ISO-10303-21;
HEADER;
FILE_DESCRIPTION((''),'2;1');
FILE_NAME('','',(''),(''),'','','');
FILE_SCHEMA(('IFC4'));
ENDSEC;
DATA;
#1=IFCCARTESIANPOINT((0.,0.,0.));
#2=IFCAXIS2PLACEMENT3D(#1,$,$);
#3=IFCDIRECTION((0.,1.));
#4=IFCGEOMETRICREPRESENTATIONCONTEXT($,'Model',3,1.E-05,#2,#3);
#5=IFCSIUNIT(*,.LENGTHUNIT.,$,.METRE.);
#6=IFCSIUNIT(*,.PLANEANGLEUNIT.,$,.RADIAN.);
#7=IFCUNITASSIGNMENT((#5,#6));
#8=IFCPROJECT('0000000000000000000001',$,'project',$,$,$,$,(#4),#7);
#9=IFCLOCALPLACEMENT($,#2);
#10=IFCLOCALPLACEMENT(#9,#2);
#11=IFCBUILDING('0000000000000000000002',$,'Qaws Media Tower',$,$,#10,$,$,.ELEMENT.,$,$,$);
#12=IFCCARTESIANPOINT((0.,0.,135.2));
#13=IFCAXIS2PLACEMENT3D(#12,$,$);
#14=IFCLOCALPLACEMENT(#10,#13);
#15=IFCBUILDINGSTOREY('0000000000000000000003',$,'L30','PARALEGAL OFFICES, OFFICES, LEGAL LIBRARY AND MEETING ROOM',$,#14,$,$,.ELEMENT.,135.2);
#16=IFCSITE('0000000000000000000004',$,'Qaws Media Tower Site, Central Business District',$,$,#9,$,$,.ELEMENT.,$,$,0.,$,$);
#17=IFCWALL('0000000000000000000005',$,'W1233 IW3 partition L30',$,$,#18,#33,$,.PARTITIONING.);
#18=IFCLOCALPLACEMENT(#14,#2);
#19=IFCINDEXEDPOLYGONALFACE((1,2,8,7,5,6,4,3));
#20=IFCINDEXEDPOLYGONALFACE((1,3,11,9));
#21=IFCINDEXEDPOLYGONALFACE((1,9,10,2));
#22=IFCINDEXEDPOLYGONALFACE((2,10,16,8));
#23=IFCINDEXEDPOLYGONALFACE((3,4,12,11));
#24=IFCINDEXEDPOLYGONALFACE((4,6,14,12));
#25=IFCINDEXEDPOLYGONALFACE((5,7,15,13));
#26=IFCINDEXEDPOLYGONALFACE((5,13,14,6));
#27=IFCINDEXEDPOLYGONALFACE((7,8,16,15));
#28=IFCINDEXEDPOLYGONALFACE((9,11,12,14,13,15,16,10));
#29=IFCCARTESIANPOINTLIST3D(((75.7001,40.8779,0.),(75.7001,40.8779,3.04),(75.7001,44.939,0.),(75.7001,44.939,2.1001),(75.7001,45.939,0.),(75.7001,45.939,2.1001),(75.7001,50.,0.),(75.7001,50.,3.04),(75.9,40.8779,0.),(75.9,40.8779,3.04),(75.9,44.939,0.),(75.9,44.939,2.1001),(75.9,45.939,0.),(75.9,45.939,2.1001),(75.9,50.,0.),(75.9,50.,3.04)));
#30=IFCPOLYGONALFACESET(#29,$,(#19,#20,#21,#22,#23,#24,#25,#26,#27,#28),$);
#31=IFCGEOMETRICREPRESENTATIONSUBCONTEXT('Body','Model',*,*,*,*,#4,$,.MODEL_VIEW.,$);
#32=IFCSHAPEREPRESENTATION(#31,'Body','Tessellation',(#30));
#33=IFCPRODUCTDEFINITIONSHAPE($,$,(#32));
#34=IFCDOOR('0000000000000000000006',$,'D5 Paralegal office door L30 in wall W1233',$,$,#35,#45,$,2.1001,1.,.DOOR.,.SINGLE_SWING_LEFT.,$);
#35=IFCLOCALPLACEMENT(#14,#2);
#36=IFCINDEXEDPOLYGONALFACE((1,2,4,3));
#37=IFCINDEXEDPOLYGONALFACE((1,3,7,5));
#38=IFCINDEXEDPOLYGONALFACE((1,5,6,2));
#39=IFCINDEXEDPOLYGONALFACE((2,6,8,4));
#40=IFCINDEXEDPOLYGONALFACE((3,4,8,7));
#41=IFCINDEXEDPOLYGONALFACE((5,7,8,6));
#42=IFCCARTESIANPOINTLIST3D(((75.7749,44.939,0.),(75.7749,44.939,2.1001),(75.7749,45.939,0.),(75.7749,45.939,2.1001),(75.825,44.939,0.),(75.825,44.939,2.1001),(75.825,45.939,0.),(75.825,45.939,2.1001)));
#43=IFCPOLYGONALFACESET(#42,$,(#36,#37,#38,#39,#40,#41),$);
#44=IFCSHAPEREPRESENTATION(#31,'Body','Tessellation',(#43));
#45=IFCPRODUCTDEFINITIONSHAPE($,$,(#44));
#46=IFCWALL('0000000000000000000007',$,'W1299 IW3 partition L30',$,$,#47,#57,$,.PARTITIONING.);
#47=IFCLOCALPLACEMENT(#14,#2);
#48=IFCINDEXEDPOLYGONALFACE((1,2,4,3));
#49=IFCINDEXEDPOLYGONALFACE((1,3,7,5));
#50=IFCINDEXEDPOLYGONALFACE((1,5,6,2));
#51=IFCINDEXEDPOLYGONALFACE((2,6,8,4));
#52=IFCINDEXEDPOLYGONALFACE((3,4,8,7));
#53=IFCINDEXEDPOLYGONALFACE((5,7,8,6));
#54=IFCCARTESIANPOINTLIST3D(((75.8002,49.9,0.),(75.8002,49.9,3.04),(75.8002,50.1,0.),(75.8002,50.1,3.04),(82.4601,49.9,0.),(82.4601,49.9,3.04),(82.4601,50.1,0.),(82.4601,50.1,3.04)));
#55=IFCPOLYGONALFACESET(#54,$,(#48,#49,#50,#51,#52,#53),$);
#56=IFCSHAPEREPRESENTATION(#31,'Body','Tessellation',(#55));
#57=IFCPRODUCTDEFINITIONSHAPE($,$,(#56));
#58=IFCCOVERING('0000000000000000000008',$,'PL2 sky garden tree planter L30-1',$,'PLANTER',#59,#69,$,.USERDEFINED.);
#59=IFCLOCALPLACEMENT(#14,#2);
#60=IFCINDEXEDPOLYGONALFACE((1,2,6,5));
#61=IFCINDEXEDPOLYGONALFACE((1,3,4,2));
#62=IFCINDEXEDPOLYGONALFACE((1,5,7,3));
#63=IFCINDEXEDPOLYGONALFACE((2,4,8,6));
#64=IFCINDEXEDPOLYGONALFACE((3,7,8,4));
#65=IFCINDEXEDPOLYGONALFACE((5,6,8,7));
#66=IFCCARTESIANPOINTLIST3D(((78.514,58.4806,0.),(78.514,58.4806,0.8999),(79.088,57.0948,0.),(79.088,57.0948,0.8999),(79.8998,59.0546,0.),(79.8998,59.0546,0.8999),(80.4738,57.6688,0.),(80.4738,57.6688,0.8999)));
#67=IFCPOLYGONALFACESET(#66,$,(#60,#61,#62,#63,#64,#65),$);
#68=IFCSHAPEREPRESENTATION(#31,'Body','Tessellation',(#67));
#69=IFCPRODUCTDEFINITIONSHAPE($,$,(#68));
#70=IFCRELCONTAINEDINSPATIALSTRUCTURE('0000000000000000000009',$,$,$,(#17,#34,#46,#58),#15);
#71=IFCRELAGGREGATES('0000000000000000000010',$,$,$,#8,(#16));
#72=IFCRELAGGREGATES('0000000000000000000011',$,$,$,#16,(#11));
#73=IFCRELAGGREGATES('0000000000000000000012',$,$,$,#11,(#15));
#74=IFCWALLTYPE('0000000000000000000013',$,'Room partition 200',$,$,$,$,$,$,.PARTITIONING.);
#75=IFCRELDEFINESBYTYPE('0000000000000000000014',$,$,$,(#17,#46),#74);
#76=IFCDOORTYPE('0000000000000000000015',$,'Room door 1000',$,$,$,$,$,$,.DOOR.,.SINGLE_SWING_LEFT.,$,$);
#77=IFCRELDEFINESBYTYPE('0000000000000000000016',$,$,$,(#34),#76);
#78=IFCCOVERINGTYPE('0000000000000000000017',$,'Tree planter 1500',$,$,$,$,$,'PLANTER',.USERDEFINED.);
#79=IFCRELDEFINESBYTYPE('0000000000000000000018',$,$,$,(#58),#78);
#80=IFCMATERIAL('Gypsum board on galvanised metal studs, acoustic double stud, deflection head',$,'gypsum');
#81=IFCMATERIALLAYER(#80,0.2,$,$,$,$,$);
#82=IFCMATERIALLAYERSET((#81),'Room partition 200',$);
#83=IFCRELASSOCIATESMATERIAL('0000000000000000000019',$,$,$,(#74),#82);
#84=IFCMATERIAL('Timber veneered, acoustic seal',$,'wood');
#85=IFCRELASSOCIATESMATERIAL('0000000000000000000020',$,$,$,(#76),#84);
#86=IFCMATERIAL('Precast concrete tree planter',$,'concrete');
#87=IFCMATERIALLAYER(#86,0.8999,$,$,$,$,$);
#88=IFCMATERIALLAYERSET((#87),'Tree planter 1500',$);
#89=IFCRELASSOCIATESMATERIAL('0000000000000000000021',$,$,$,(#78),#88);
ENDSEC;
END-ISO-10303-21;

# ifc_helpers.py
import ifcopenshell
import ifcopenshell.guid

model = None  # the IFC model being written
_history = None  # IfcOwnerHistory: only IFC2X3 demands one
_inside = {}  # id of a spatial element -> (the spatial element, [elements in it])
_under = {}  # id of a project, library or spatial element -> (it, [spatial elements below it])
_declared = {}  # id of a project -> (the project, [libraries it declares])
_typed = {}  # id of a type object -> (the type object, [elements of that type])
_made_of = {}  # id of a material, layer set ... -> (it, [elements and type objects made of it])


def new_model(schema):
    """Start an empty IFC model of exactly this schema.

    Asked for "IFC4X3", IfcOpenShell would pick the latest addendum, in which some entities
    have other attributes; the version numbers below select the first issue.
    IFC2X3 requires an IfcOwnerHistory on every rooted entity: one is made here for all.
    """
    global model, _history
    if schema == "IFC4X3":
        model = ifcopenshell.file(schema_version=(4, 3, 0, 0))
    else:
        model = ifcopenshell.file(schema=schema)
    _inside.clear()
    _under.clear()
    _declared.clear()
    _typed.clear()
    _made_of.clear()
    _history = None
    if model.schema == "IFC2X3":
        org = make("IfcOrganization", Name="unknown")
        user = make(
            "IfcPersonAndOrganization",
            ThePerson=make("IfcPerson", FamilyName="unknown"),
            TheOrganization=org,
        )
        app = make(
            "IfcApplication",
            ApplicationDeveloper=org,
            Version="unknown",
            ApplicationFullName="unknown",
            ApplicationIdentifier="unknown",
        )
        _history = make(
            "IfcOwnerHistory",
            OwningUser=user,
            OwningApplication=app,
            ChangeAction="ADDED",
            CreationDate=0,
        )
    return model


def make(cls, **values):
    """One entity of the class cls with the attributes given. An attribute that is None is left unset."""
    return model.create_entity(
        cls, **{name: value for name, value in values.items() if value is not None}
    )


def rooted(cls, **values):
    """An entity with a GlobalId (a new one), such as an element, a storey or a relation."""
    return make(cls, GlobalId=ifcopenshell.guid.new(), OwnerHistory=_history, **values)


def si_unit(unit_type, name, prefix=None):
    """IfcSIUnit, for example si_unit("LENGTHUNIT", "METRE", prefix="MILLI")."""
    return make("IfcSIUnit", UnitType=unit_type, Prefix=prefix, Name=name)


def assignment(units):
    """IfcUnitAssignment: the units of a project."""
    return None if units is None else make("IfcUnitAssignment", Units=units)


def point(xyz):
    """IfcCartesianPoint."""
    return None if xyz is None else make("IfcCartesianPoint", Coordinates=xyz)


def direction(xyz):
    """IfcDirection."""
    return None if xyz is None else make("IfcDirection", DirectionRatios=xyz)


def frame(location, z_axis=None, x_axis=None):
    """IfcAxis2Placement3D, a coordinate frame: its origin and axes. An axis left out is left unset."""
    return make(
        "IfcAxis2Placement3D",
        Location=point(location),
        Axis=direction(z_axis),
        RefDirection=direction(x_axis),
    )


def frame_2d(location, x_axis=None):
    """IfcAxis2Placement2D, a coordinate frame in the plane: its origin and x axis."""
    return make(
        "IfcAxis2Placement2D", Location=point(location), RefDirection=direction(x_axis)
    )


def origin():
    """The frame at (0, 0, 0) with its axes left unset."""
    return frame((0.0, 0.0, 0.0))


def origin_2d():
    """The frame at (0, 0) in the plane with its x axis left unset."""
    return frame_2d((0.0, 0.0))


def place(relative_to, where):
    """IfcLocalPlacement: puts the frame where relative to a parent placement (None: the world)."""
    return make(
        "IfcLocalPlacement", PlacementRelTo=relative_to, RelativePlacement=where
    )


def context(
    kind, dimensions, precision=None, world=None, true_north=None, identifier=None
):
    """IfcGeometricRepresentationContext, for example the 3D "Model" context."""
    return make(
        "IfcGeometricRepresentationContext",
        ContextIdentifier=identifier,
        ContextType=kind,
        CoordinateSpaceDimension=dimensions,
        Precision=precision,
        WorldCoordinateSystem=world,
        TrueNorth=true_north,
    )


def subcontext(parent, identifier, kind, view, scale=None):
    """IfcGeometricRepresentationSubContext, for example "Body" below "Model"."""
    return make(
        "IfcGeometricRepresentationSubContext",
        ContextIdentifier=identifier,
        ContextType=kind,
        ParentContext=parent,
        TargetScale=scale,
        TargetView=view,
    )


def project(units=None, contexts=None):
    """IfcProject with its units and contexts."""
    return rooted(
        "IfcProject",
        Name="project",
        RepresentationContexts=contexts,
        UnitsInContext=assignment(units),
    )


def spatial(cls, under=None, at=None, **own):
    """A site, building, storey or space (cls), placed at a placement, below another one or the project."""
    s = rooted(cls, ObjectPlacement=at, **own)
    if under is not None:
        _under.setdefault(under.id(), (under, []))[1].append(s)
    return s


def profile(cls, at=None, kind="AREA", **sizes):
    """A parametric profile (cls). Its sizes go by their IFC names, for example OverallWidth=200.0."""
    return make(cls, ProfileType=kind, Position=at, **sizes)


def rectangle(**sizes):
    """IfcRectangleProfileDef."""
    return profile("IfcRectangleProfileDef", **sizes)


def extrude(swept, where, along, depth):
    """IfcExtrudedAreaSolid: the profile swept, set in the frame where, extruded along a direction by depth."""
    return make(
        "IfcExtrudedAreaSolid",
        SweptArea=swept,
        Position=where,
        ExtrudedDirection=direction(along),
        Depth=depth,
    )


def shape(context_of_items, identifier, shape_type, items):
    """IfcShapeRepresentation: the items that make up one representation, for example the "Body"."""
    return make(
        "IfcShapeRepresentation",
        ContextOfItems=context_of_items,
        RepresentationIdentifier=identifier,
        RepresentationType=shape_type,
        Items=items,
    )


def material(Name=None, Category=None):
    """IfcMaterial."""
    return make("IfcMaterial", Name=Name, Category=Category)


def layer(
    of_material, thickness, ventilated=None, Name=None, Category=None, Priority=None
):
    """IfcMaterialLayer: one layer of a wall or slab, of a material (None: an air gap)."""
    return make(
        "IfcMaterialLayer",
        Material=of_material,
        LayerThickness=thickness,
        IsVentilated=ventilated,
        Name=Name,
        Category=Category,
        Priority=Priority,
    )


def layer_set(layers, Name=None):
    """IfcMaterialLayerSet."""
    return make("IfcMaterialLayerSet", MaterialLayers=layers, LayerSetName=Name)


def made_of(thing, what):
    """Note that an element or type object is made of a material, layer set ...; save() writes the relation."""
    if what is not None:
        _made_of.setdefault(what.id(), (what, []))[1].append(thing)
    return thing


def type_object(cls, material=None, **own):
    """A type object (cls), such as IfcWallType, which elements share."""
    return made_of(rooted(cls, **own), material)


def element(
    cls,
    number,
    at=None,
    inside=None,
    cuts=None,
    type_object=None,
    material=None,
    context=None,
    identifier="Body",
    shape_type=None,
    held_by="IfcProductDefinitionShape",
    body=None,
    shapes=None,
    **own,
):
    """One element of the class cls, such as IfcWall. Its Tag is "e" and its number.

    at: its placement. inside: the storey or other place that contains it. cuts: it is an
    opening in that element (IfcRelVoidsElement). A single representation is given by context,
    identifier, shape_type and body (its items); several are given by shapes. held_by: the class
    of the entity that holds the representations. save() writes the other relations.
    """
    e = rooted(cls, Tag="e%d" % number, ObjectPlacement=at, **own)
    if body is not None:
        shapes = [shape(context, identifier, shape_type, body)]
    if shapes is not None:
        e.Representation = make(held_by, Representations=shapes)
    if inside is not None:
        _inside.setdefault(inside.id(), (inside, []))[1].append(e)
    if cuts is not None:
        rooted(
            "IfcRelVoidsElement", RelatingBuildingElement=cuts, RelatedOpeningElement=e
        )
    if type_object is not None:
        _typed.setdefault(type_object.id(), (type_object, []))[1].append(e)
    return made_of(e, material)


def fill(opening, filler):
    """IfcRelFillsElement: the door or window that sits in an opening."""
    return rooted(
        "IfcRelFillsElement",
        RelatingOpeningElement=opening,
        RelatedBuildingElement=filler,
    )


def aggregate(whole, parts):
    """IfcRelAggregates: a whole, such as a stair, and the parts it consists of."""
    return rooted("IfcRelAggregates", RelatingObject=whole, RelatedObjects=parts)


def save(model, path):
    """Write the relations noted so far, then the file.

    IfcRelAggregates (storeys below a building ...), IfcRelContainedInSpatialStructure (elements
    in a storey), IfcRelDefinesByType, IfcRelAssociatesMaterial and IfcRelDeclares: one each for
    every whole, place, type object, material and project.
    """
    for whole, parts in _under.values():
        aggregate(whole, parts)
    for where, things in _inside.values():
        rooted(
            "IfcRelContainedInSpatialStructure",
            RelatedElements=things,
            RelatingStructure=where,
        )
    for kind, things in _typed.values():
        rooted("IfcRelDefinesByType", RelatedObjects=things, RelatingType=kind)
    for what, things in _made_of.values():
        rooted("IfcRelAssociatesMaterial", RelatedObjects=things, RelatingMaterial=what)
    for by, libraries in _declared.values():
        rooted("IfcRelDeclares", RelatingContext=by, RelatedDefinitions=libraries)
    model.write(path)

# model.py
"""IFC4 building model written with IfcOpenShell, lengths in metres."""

from ifc_helpers import new_model, si_unit, direction, frame, frame_2d, origin, origin_2d, place, context, subcontext, project, spatial, rectangle, extrude, material, layer, layer_set, type_object, element, fill, save


model = new_model("IFC4")

# Units and contexts
model_context = context("Model", 3, precision=1e-05, world=origin(), true_north=direction((0.0, 1.0)))
body_context = subcontext(model_context, "Body", "Model", "MODEL_VIEW")
ifc_project = project(units=[si_unit("LENGTHUNIT", "METRE"), si_unit("PLANEANGLEUNIT", "RADIAN")], contexts=[model_context])

# Site, building, storey
site_placement = place(None, origin())
site = spatial("IfcSite", under=ifc_project, at=site_placement, Name="Qaws Media Tower Site, Central Business District", CompositionType="ELEMENT", RefElevation=0.0)
building_placement = place(site_placement, origin())
building = spatial("IfcBuilding", under=site, at=building_placement, Name="Qaws Media Tower", CompositionType="ELEMENT")
storey_placement = place(building_placement, frame((0.0, 0.0, 135.2)))
storey = spatial("IfcBuildingStorey", under=building, at=storey_placement, Name="L30", Description="PARALEGAL OFFICES, OFFICES, LEGAL LIBRARY AND MEETING ROOM", CompositionType="ELEMENT", Elevation=135.2)

# Shared definitions
ifc_material_1 = material(Name="Gypsum board on galvanised metal studs, acoustic double stud, deflection head", Category="gypsum")
ifc_layer_1 = layer(ifc_material_1, 0.2)
ifc_layer_set_1 = layer_set([ifc_layer_1], Name="Room partition 200")
wall_type_1 = type_object("IfcWallType", Name="Room partition 200", PredefinedType="PARTITIONING", material=ifc_layer_set_1)

# Wall, opening, door
wall_1_placement = place(storey_placement, frame((75.8, 50.0, 0.0), z_axis=(0.0, 0.0, 1.0), x_axis=(0.0, -1.0, 0.0)))
wall_1 = element("IfcWall", 1, at=wall_1_placement, inside=storey, type_object=wall_type_1, Name="W1233 IW3 partition L30", PredefinedType="PARTITIONING", context=body_context, shape_type="SweptSolid", body=[
    extrude(rectangle(XDim=9.1221, YDim=0.2, at=frame_2d((4.561, 0.0))), origin(), (0.0, 0.0, 1.0), 3.04),
])
opening_1_placement = place(wall_1_placement, frame((4.061, 0.0, 0.0)))
opening_1 = element("IfcOpeningElement", 2, at=opening_1_placement, cuts=wall_1, PredefinedType="OPENING", context=body_context, shape_type="SweptSolid", body=[
    extrude(rectangle(XDim=1.0, YDim=2.1001, at=frame_2d((0.5, 1.05))), frame((0.0, 0.1099, 0.0), z_axis=(0.0, -1.0, 0.0), x_axis=(1.0, 0.0, 0.0)), (0.0, 0.0, 1.0), 0.22),
])
ifc_material_2 = material(Name="Timber veneered, acoustic seal", Category="wood")
door_type_1 = type_object("IfcDoorType", Name="Room door 1000", OperationType="SINGLE_SWING_LEFT", PredefinedType="DOOR", material=ifc_material_2)
door_1_placement = place(opening_1_placement, origin())
door_1 = element("IfcDoor", 3, at=door_1_placement, inside=storey, type_object=door_type_1, Name="D5 Paralegal office door L30 in wall W1233", OperationType="SINGLE_SWING_LEFT", OverallHeight=2.1001, OverallWidth=1.0, PredefinedType="DOOR", context=body_context, shape_type="SweptSolid", body=[
    extrude(rectangle(XDim=1.0, YDim=2.1001, at=frame_2d((0.5, 1.05))), frame((0.0, 0.0249, 0.0), z_axis=(0.0, -1.0, 0.0), x_axis=(1.0, 0.0, 0.0)), (0.0, 0.0, 1.0), 0.05),
])
fill(opening_1, door_1)

# Wall
wall_2_placement = place(storey_placement, frame((75.8, 50.0, 0.0), z_axis=(0.0, 0.0, 1.0), x_axis=(1.0, 0.0, 0.0)))
element("IfcWall", 4, at=wall_2_placement, inside=storey, type_object=wall_type_1, Name="W1299 IW3 partition L30", PredefinedType="PARTITIONING", context=body_context, shape_type="SweptSolid", body=[
    extrude(rectangle(XDim=6.6599, YDim=0.2, at=frame_2d((3.3301, 0.0))), origin(), (0.0, 0.0, 1.0), 3.04),
])

# Covering
ifc_material_3 = material(Name="Precast concrete tree planter", Category="concrete")
ifc_layer_2 = layer(ifc_material_3, 0.8999)
ifc_layer_set_2 = layer_set([ifc_layer_2], Name="Tree planter 1500")
covering_type = type_object("IfcCoveringType", Name="Tree planter 1500", ElementType="PLANTER", PredefinedType="USERDEFINED", material=ifc_layer_set_2)
covering_placement = place(storey_placement, frame((79.4939, 58.0747, 0.0), z_axis=(0.0, 0.0, 1.0), x_axis=(0.92388, 0.382683, 0.0)))
element("IfcCovering", 5, at=covering_placement, inside=storey, type_object=covering_type, Name="PL2 sky garden tree planter L30-1", ObjectType="PLANTER", PredefinedType="USERDEFINED", context=body_context, shape_type="SweptSolid", body=[
    extrude(rectangle(XDim=1.5, YDim=1.5, at=origin_2d()), origin(), (0.0, 0.0, 1.0), 0.8999),
])

save(model, "model.ifc")
